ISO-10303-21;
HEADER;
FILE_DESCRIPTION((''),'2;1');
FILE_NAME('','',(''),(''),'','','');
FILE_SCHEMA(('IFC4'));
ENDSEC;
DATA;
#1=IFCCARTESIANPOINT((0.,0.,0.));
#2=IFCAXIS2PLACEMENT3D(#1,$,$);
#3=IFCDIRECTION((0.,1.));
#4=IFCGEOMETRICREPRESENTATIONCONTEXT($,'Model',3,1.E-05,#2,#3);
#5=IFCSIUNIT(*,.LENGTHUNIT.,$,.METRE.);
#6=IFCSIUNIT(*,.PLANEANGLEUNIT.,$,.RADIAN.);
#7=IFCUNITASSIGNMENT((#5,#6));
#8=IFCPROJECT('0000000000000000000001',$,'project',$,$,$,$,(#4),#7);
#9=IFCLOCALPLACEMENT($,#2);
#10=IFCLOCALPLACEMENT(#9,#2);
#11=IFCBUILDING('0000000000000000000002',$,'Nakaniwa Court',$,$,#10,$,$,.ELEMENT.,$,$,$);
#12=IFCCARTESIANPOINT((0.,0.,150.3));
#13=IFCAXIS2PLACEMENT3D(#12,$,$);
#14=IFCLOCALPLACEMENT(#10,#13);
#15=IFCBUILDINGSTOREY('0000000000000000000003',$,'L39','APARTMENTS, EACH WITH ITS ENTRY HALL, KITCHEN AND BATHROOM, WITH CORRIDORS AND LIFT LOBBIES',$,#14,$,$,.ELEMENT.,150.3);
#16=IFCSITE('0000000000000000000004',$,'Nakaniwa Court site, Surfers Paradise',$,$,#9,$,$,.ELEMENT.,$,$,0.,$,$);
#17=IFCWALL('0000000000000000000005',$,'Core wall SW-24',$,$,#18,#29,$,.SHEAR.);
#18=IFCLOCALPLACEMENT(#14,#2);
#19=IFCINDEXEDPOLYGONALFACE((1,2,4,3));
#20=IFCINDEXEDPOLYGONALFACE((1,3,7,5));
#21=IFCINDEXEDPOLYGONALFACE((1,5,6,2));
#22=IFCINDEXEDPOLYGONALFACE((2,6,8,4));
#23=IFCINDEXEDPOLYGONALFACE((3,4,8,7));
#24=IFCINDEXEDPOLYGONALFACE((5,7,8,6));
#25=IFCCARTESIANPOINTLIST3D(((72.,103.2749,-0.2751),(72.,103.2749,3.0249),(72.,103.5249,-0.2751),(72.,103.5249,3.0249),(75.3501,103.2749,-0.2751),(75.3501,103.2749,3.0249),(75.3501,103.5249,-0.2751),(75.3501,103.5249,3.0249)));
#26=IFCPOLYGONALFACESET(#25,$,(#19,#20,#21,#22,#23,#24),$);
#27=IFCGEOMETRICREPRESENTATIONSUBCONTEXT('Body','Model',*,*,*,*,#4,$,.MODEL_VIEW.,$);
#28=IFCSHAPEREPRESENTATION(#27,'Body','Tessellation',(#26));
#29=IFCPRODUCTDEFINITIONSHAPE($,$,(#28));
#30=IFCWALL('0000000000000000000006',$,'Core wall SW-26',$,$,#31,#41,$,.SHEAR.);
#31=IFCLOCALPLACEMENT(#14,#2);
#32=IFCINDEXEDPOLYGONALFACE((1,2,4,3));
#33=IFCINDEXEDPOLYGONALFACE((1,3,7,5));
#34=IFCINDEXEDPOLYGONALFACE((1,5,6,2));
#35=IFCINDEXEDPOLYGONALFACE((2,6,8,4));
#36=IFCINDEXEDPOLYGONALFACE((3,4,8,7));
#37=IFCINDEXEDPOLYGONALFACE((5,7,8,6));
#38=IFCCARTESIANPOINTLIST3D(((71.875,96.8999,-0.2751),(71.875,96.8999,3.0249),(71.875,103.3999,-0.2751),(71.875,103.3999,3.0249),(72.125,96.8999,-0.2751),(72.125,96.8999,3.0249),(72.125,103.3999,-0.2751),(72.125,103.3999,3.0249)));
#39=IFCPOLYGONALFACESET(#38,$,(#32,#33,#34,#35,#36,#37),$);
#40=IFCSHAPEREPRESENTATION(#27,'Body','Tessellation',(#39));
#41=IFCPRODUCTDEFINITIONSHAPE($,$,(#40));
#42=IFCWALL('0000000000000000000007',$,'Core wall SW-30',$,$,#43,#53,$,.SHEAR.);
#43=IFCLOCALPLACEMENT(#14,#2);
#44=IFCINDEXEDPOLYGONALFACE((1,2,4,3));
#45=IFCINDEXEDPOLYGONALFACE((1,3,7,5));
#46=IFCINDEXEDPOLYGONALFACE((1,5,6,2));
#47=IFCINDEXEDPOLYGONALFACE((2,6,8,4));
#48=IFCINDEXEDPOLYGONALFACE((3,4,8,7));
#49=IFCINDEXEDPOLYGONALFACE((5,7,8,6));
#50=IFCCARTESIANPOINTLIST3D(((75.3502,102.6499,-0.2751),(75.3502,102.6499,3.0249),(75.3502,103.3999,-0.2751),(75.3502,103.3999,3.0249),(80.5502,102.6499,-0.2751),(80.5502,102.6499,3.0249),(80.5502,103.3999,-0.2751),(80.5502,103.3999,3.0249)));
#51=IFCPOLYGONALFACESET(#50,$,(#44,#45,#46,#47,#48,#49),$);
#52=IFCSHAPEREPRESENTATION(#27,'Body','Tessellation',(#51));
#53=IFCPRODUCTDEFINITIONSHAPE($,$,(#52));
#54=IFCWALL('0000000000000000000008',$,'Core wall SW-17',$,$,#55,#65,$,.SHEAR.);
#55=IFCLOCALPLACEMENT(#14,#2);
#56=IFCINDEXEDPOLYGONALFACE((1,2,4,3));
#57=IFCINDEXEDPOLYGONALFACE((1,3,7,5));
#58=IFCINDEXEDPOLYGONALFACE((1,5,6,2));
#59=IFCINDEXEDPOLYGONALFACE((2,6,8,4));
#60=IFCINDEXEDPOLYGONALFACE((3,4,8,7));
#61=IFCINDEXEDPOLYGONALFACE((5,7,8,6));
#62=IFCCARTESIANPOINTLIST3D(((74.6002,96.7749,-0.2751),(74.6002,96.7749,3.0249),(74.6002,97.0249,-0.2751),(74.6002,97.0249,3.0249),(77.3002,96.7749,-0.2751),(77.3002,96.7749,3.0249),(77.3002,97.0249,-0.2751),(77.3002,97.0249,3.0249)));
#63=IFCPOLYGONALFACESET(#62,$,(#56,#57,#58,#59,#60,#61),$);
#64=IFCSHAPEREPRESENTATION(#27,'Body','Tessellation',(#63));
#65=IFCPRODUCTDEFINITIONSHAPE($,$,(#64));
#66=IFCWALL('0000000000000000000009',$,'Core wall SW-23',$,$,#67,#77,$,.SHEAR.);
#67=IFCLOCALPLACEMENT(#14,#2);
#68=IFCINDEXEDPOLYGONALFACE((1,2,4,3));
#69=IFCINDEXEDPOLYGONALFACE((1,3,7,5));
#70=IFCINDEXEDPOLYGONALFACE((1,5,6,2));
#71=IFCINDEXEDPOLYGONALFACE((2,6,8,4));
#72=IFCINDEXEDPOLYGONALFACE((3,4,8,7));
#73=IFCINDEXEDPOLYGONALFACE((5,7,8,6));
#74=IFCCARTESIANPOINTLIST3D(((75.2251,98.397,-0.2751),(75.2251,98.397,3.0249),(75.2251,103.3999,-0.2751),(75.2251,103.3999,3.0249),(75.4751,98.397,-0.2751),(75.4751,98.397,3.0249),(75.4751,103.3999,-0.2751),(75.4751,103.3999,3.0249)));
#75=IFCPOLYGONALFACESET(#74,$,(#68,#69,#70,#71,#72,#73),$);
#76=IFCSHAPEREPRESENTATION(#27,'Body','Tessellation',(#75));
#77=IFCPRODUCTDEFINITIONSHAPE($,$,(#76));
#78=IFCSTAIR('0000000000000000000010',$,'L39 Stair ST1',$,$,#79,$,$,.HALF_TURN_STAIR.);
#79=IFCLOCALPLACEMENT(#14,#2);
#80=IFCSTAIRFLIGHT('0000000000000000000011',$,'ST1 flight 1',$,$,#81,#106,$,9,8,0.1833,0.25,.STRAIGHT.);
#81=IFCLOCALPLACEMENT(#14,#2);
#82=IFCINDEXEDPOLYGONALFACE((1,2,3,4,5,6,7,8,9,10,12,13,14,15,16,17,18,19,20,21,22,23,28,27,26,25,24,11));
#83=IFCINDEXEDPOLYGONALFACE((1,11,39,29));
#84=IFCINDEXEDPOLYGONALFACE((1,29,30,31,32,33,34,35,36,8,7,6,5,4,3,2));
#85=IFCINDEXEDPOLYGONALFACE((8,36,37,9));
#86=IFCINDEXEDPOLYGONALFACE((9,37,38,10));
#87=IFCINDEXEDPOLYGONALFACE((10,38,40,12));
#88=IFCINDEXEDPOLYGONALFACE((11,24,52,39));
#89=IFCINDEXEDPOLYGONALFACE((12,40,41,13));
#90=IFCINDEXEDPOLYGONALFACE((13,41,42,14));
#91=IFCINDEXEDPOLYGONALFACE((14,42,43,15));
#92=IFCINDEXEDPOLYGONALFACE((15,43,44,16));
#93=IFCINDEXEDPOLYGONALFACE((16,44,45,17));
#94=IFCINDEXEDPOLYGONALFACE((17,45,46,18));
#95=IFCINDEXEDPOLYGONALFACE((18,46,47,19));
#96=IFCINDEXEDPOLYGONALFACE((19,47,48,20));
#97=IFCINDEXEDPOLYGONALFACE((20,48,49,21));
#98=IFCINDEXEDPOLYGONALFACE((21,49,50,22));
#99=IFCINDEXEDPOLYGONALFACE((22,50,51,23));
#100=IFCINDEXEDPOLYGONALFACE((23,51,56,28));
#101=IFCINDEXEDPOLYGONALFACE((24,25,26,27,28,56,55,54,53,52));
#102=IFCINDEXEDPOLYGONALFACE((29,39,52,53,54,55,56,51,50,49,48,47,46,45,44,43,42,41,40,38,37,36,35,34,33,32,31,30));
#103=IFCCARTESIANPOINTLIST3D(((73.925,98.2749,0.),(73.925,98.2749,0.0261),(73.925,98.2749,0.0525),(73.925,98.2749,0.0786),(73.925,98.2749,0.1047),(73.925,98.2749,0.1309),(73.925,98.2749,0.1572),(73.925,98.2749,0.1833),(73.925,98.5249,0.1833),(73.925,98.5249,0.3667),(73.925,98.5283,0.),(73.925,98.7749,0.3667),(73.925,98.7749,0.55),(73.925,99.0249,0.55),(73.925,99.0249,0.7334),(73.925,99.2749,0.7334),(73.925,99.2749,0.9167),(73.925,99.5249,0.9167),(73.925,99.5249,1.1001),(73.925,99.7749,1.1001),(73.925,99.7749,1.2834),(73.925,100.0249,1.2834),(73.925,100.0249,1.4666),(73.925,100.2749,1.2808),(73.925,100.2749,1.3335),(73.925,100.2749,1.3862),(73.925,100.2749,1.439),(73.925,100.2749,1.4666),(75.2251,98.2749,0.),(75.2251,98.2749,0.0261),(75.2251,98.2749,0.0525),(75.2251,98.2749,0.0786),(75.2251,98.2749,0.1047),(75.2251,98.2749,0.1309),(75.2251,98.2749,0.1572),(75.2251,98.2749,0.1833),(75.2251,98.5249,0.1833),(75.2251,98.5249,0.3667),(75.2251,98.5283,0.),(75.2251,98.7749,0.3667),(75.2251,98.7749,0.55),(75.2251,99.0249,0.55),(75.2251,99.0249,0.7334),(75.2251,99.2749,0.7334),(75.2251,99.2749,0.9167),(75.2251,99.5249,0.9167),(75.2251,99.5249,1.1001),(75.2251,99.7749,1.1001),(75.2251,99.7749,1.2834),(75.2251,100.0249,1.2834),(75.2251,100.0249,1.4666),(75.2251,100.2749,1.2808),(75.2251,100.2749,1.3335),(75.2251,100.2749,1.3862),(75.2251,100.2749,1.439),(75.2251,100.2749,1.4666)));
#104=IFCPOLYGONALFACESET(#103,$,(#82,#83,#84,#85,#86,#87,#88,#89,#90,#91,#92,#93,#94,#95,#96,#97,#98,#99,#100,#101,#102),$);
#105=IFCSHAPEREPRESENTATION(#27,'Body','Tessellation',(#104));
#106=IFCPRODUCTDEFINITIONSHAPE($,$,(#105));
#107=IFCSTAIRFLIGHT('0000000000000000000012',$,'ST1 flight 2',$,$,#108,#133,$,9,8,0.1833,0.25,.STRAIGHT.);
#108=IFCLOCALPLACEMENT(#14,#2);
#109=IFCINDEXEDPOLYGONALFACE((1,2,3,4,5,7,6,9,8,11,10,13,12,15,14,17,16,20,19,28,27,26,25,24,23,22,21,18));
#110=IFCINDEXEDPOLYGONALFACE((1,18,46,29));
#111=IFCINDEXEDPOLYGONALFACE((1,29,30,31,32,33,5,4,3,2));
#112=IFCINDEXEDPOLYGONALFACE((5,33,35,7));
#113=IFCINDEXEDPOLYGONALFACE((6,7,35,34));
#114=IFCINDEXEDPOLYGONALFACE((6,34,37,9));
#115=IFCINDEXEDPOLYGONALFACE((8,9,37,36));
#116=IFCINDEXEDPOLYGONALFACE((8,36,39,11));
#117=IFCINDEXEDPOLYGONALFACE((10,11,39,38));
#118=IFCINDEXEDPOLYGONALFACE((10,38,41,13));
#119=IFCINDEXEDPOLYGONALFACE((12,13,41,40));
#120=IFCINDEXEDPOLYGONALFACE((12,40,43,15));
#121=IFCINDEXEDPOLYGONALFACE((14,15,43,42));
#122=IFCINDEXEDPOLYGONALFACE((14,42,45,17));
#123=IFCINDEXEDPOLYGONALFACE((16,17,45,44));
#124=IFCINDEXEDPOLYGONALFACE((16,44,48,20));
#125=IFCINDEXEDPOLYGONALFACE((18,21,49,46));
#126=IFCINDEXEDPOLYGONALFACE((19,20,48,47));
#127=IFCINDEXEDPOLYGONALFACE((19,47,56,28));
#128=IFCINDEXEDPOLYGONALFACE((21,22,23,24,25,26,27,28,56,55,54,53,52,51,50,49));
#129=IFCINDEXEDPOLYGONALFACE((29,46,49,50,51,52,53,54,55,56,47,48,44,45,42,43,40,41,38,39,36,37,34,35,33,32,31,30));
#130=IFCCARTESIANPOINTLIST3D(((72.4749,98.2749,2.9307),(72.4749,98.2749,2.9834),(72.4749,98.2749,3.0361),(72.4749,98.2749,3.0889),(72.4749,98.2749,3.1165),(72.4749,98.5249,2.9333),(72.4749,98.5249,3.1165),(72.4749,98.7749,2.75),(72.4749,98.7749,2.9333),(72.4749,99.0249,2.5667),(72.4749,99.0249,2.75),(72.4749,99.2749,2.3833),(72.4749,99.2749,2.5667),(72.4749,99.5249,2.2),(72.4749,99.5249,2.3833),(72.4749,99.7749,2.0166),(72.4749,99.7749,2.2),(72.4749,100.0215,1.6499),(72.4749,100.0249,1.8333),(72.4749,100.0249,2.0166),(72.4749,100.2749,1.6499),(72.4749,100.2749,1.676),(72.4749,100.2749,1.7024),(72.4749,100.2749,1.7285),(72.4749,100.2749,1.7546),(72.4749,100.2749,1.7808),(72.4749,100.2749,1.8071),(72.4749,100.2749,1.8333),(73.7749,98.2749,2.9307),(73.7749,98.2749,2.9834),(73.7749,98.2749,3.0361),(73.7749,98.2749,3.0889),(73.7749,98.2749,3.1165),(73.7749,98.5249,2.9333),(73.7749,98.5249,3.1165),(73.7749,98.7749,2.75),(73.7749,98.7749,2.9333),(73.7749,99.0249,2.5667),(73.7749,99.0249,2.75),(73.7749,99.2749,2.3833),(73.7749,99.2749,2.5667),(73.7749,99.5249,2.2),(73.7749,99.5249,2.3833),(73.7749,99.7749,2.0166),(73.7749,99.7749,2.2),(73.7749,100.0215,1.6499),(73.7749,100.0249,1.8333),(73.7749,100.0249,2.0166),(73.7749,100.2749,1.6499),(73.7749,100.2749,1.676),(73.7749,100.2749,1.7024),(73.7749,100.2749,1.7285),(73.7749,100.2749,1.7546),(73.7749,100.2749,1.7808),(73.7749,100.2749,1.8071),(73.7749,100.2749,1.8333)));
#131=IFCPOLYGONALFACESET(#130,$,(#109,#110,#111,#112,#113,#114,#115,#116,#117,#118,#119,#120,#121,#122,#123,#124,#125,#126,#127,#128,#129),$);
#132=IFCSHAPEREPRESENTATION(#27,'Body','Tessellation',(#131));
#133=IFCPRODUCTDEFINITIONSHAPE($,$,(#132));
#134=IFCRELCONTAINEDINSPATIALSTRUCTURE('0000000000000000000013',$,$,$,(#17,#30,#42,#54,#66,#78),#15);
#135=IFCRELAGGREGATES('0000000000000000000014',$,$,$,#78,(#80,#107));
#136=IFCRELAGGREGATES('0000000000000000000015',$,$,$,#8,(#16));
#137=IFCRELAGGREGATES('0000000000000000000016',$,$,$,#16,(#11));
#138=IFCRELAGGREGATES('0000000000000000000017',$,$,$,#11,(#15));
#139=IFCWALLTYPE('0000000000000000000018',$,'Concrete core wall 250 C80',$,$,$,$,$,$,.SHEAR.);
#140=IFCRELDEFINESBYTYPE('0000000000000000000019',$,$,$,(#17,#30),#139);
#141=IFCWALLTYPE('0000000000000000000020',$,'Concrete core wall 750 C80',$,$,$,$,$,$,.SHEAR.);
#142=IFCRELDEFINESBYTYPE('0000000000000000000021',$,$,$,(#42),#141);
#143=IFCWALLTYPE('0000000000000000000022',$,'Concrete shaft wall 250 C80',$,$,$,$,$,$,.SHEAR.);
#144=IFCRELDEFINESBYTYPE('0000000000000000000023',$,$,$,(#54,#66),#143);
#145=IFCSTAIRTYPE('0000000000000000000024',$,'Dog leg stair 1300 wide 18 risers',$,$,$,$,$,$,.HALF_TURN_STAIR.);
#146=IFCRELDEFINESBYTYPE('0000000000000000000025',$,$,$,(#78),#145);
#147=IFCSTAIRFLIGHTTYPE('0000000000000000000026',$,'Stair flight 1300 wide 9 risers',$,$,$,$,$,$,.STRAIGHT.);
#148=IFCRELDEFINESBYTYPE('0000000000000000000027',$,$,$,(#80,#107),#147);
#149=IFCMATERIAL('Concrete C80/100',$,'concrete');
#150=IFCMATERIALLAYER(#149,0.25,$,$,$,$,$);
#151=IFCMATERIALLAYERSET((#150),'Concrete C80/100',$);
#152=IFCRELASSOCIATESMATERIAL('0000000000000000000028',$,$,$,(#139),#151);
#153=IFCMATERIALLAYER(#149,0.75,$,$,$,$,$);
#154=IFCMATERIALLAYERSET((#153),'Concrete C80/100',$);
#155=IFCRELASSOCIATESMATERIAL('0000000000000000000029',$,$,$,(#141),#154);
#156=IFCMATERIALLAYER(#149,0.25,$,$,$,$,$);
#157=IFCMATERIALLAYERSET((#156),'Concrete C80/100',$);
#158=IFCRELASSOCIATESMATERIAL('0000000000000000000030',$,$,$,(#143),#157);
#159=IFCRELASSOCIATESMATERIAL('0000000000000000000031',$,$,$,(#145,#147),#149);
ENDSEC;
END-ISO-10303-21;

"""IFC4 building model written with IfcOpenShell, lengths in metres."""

from ifc_helpers import new_model, si_unit, direction, frame, frame_2d, origin, place, context, subcontext, project, spatial, polyline, rectangle, outline, extrude, material, layer, layer_set, type_object, element, aggregate, save


model = new_model("IFC4")

# Units and contexts
model_context = context("Model", 3, precision=1e-05, world=origin(), true_north=direction((0.0, 1.0)))
body_context = subcontext(model_context, "Body", "Model", "MODEL_VIEW")
ifc_project = project(units=[si_unit("LENGTHUNIT", "METRE"), si_unit("PLANEANGLEUNIT", "RADIAN")], contexts=[model_context])

# Site, building, storey
site_placement = place(None, origin())
site = spatial("IfcSite", under=ifc_project, at=site_placement, Name="Nakaniwa Court site, Surfers Paradise", CompositionType="ELEMENT", RefElevation=0.0)
building_placement = place(site_placement, origin())
building = spatial("IfcBuilding", under=site, at=building_placement, Name="Nakaniwa Court", CompositionType="ELEMENT")
storey_placement = place(building_placement, frame((0.0, 0.0, 150.3)))
storey = spatial("IfcBuildingStorey", under=building, at=storey_placement, Name="L39", Description="APARTMENTS, EACH WITH ITS ENTRY HALL, KITCHEN AND BATHROOM, WITH CORRIDORS AND LIFT LOBBIES", CompositionType="ELEMENT", Elevation=150.3)

# Shared definitions
ifc_material_1 = material(Name="Concrete C80/100", Category="concrete")

# Walls
ifc_layer_1 = layer(ifc_material_1, 0.25)
ifc_layer_set_1 = layer_set([ifc_layer_1], Name="Concrete C80/100")
wall_type_1 = type_object("IfcWallType", Name="Concrete core wall 250 C80", PredefinedType="SHEAR", material=ifc_layer_set_1)
wall_1_placement = place(storey_placement, frame((72.0, 103.3999, -0.2751), z_axis=(0.0, 0.0, 1.0), x_axis=(1.0, 0.0, 0.0)))
element("IfcWall", 1, at=wall_1_placement, inside=storey, type_object=wall_type_1, Name="Core wall SW-24", PredefinedType="SHEAR", context=body_context, shape_type="SweptSolid", body=[
    extrude(rectangle(XDim=3.3501, YDim=0.25, at=frame_2d((1.675, 0.0))), origin(), (0.0, 0.0, 1.0), 3.3),
])
wall_2_placement = place(storey_placement, frame((72.0, 96.8999, -0.2751), z_axis=(0.0, 0.0, 1.0), x_axis=(0.0, 1.0, 0.0)))
element("IfcWall", 2, at=wall_2_placement, inside=storey, type_object=wall_type_1, Name="Core wall SW-26", PredefinedType="SHEAR", context=body_context, shape_type="SweptSolid", body=[
    extrude(rectangle(XDim=6.5, YDim=0.25, at=frame_2d((3.25, 0.0))), origin(), (0.0, 0.0, 1.0), 3.3),
])
ifc_layer_2 = layer(ifc_material_1, 0.75)
ifc_layer_set_2 = layer_set([ifc_layer_2], Name="Concrete C80/100")
wall_type_2 = type_object("IfcWallType", Name="Concrete core wall 750 C80", PredefinedType="SHEAR", material=ifc_layer_set_2)
wall_3_placement = place(storey_placement, frame((75.3501, 103.0249, -0.2751), z_axis=(0.0, 0.0, 1.0), x_axis=(1.0, 0.0, 0.0)))
element("IfcWall", 3, at=wall_3_placement, inside=storey, type_object=wall_type_2, Name="Core wall SW-30", PredefinedType="SHEAR", context=body_context, shape_type="SweptSolid", body=[
    extrude(rectangle(XDim=5.2, YDim=0.75, at=frame_2d((2.6001, 0.0))), origin(), (0.0, 0.0, 1.0), 3.3),
])
ifc_layer_3 = layer(ifc_material_1, 0.25)
ifc_layer_set_3 = layer_set([ifc_layer_3], Name="Concrete C80/100")
wall_type_3 = type_object("IfcWallType", Name="Concrete shaft wall 250 C80", PredefinedType="SHEAR", material=ifc_layer_set_3)
wall_4_placement = place(storey_placement, frame((74.6001, 96.8999, -0.2751), z_axis=(0.0, 0.0, 1.0), x_axis=(1.0, 0.0, 0.0)))
element("IfcWall", 4, at=wall_4_placement, inside=storey, type_object=wall_type_3, Name="Core wall SW-17", PredefinedType="SHEAR", context=body_context, shape_type="SweptSolid", body=[
    extrude(rectangle(XDim=2.7, YDim=0.25, at=frame_2d((1.3501, 0.0))), origin(), (0.0, 0.0, 1.0), 3.3),
])
wall_5_placement = place(storey_placement, frame((75.3501, 98.397, -0.2751), z_axis=(0.0, 0.0, 1.0), x_axis=(0.0, 1.0, 0.0)))
element("IfcWall", 5, at=wall_5_placement, inside=storey, type_object=wall_type_3, Name="Core wall SW-23", PredefinedType="SHEAR", context=body_context, shape_type="SweptSolid", body=[
    extrude(rectangle(XDim=5.0029, YDim=0.25, at=frame_2d((2.5015, 0.0))), origin(), (0.0, 0.0, 1.0), 3.3),
])

# Stair, stair flights
stair_type = type_object("IfcStairType", Name="Dog leg stair 1300 wide 18 risers", PredefinedType="HALF_TURN_STAIR", material=ifc_material_1)
stair_placement = place(storey_placement, origin())
stair = element("IfcStair", 6, at=stair_placement, inside=storey, type_object=stair_type, Name="L39 Stair ST1", PredefinedType="HALF_TURN_STAIR")
stair_flight_type = type_object("IfcStairFlightType", Name="Stair flight 1300 wide 9 risers", PredefinedType="STRAIGHT", material=ifc_material_1)
stair_flight_1_placement = place(storey_placement, frame((74.575, 98.2749, 0.0), z_axis=(0.0, 0.0, 1.0), x_axis=(0.0, 1.0, 0.0)))
stair_flight_1 = element("IfcStairFlight", 7, at=stair_flight_1_placement, type_object=stair_flight_type, Name="ST1 flight 1", NumberOfRisers=9, NumberOfTreads=8, PredefinedType="STRAIGHT", RiserHeight=0.1833, TreadLength=0.25, context=body_context, shape_type="SweptSolid", body=[
    extrude(outline(polyline([(0.0, 0.0), (0.0, 0.0261), (0.0, 0.0525), (0.0, 0.0786), (0.0, 0.1047), (0.0, 0.1309), (0.0, 0.1572), (0.0, 0.1833), (0.25, 0.1833), (0.25, 0.3667), (0.5, 0.3667), (0.5, 0.55), (0.75, 0.55), (0.75, 0.7334), (1.0, 0.7334), (1.0, 0.9167), (1.25, 0.9167), (1.25, 1.1001), (1.5, 1.1001), (1.5, 1.2834), (1.75, 1.2834), (1.75, 1.4666), (2.0, 1.4666), (2.0, 1.6499), (2.0, 1.5972), (2.0, 1.5444), (2.0, 1.4917), (2.0, 1.439), (2.0, 1.3862), (2.0, 1.3335), (2.0, 1.2808), (0.2534, 0.0), (0.0, 0.0)])), frame((0.0, 0.6499, 0.0), z_axis=(0.0, -1.0, 0.0), x_axis=(1.0, 0.0, 0.0)), (0.0, 0.0, 1.0), 1.3),
])
stair_flight_2_placement = place(storey_placement, frame((73.125, 100.2749, 1.6499), z_axis=(0.0, 0.0, 1.0), x_axis=(0.0, -1.0, 0.0)))
stair_flight_2 = element("IfcStairFlight", 8, at=stair_flight_2_placement, type_object=stair_flight_type, Name="ST1 flight 2", NumberOfRisers=9, NumberOfTreads=8, PredefinedType="STRAIGHT", RiserHeight=0.1833, TreadLength=0.25, context=body_context, shape_type="SweptSolid", body=[
    extrude(outline(polyline([(0.0, 0.0), (0.0, 0.0261), (0.0, 0.0525), (0.0, 0.0786), (0.0, 0.1047), (0.0, 0.1309), (0.0, 0.1572), (0.0, 0.1833), (0.25, 0.1833), (0.25, 0.3667), (0.5, 0.3667), (0.5, 0.55), (0.75, 0.55), (0.75, 0.7334), (1.0, 0.7334), (1.0, 0.9167), (1.25, 0.9167), (1.25, 1.1001), (1.5, 1.1001), (1.5, 1.2834), (1.75, 1.2834), (1.75, 1.4666), (2.0, 1.4666), (2.0, 1.6499), (2.0, 1.5972), (2.0, 1.5444), (2.0, 1.4917), (2.0, 1.439), (2.0, 1.3862), (2.0, 1.3335), (2.0, 1.2808), (0.2534, 0.0), (0.0, 0.0)])), frame((0.0, 0.6499, 0.0), z_axis=(0.0, -1.0, 0.0), x_axis=(1.0, 0.0, 0.0)), (0.0, 0.0, 1.0), 1.3),
])
aggregate(stair, [stair_flight_1, stair_flight_2])

save(model, "model.ifc")
